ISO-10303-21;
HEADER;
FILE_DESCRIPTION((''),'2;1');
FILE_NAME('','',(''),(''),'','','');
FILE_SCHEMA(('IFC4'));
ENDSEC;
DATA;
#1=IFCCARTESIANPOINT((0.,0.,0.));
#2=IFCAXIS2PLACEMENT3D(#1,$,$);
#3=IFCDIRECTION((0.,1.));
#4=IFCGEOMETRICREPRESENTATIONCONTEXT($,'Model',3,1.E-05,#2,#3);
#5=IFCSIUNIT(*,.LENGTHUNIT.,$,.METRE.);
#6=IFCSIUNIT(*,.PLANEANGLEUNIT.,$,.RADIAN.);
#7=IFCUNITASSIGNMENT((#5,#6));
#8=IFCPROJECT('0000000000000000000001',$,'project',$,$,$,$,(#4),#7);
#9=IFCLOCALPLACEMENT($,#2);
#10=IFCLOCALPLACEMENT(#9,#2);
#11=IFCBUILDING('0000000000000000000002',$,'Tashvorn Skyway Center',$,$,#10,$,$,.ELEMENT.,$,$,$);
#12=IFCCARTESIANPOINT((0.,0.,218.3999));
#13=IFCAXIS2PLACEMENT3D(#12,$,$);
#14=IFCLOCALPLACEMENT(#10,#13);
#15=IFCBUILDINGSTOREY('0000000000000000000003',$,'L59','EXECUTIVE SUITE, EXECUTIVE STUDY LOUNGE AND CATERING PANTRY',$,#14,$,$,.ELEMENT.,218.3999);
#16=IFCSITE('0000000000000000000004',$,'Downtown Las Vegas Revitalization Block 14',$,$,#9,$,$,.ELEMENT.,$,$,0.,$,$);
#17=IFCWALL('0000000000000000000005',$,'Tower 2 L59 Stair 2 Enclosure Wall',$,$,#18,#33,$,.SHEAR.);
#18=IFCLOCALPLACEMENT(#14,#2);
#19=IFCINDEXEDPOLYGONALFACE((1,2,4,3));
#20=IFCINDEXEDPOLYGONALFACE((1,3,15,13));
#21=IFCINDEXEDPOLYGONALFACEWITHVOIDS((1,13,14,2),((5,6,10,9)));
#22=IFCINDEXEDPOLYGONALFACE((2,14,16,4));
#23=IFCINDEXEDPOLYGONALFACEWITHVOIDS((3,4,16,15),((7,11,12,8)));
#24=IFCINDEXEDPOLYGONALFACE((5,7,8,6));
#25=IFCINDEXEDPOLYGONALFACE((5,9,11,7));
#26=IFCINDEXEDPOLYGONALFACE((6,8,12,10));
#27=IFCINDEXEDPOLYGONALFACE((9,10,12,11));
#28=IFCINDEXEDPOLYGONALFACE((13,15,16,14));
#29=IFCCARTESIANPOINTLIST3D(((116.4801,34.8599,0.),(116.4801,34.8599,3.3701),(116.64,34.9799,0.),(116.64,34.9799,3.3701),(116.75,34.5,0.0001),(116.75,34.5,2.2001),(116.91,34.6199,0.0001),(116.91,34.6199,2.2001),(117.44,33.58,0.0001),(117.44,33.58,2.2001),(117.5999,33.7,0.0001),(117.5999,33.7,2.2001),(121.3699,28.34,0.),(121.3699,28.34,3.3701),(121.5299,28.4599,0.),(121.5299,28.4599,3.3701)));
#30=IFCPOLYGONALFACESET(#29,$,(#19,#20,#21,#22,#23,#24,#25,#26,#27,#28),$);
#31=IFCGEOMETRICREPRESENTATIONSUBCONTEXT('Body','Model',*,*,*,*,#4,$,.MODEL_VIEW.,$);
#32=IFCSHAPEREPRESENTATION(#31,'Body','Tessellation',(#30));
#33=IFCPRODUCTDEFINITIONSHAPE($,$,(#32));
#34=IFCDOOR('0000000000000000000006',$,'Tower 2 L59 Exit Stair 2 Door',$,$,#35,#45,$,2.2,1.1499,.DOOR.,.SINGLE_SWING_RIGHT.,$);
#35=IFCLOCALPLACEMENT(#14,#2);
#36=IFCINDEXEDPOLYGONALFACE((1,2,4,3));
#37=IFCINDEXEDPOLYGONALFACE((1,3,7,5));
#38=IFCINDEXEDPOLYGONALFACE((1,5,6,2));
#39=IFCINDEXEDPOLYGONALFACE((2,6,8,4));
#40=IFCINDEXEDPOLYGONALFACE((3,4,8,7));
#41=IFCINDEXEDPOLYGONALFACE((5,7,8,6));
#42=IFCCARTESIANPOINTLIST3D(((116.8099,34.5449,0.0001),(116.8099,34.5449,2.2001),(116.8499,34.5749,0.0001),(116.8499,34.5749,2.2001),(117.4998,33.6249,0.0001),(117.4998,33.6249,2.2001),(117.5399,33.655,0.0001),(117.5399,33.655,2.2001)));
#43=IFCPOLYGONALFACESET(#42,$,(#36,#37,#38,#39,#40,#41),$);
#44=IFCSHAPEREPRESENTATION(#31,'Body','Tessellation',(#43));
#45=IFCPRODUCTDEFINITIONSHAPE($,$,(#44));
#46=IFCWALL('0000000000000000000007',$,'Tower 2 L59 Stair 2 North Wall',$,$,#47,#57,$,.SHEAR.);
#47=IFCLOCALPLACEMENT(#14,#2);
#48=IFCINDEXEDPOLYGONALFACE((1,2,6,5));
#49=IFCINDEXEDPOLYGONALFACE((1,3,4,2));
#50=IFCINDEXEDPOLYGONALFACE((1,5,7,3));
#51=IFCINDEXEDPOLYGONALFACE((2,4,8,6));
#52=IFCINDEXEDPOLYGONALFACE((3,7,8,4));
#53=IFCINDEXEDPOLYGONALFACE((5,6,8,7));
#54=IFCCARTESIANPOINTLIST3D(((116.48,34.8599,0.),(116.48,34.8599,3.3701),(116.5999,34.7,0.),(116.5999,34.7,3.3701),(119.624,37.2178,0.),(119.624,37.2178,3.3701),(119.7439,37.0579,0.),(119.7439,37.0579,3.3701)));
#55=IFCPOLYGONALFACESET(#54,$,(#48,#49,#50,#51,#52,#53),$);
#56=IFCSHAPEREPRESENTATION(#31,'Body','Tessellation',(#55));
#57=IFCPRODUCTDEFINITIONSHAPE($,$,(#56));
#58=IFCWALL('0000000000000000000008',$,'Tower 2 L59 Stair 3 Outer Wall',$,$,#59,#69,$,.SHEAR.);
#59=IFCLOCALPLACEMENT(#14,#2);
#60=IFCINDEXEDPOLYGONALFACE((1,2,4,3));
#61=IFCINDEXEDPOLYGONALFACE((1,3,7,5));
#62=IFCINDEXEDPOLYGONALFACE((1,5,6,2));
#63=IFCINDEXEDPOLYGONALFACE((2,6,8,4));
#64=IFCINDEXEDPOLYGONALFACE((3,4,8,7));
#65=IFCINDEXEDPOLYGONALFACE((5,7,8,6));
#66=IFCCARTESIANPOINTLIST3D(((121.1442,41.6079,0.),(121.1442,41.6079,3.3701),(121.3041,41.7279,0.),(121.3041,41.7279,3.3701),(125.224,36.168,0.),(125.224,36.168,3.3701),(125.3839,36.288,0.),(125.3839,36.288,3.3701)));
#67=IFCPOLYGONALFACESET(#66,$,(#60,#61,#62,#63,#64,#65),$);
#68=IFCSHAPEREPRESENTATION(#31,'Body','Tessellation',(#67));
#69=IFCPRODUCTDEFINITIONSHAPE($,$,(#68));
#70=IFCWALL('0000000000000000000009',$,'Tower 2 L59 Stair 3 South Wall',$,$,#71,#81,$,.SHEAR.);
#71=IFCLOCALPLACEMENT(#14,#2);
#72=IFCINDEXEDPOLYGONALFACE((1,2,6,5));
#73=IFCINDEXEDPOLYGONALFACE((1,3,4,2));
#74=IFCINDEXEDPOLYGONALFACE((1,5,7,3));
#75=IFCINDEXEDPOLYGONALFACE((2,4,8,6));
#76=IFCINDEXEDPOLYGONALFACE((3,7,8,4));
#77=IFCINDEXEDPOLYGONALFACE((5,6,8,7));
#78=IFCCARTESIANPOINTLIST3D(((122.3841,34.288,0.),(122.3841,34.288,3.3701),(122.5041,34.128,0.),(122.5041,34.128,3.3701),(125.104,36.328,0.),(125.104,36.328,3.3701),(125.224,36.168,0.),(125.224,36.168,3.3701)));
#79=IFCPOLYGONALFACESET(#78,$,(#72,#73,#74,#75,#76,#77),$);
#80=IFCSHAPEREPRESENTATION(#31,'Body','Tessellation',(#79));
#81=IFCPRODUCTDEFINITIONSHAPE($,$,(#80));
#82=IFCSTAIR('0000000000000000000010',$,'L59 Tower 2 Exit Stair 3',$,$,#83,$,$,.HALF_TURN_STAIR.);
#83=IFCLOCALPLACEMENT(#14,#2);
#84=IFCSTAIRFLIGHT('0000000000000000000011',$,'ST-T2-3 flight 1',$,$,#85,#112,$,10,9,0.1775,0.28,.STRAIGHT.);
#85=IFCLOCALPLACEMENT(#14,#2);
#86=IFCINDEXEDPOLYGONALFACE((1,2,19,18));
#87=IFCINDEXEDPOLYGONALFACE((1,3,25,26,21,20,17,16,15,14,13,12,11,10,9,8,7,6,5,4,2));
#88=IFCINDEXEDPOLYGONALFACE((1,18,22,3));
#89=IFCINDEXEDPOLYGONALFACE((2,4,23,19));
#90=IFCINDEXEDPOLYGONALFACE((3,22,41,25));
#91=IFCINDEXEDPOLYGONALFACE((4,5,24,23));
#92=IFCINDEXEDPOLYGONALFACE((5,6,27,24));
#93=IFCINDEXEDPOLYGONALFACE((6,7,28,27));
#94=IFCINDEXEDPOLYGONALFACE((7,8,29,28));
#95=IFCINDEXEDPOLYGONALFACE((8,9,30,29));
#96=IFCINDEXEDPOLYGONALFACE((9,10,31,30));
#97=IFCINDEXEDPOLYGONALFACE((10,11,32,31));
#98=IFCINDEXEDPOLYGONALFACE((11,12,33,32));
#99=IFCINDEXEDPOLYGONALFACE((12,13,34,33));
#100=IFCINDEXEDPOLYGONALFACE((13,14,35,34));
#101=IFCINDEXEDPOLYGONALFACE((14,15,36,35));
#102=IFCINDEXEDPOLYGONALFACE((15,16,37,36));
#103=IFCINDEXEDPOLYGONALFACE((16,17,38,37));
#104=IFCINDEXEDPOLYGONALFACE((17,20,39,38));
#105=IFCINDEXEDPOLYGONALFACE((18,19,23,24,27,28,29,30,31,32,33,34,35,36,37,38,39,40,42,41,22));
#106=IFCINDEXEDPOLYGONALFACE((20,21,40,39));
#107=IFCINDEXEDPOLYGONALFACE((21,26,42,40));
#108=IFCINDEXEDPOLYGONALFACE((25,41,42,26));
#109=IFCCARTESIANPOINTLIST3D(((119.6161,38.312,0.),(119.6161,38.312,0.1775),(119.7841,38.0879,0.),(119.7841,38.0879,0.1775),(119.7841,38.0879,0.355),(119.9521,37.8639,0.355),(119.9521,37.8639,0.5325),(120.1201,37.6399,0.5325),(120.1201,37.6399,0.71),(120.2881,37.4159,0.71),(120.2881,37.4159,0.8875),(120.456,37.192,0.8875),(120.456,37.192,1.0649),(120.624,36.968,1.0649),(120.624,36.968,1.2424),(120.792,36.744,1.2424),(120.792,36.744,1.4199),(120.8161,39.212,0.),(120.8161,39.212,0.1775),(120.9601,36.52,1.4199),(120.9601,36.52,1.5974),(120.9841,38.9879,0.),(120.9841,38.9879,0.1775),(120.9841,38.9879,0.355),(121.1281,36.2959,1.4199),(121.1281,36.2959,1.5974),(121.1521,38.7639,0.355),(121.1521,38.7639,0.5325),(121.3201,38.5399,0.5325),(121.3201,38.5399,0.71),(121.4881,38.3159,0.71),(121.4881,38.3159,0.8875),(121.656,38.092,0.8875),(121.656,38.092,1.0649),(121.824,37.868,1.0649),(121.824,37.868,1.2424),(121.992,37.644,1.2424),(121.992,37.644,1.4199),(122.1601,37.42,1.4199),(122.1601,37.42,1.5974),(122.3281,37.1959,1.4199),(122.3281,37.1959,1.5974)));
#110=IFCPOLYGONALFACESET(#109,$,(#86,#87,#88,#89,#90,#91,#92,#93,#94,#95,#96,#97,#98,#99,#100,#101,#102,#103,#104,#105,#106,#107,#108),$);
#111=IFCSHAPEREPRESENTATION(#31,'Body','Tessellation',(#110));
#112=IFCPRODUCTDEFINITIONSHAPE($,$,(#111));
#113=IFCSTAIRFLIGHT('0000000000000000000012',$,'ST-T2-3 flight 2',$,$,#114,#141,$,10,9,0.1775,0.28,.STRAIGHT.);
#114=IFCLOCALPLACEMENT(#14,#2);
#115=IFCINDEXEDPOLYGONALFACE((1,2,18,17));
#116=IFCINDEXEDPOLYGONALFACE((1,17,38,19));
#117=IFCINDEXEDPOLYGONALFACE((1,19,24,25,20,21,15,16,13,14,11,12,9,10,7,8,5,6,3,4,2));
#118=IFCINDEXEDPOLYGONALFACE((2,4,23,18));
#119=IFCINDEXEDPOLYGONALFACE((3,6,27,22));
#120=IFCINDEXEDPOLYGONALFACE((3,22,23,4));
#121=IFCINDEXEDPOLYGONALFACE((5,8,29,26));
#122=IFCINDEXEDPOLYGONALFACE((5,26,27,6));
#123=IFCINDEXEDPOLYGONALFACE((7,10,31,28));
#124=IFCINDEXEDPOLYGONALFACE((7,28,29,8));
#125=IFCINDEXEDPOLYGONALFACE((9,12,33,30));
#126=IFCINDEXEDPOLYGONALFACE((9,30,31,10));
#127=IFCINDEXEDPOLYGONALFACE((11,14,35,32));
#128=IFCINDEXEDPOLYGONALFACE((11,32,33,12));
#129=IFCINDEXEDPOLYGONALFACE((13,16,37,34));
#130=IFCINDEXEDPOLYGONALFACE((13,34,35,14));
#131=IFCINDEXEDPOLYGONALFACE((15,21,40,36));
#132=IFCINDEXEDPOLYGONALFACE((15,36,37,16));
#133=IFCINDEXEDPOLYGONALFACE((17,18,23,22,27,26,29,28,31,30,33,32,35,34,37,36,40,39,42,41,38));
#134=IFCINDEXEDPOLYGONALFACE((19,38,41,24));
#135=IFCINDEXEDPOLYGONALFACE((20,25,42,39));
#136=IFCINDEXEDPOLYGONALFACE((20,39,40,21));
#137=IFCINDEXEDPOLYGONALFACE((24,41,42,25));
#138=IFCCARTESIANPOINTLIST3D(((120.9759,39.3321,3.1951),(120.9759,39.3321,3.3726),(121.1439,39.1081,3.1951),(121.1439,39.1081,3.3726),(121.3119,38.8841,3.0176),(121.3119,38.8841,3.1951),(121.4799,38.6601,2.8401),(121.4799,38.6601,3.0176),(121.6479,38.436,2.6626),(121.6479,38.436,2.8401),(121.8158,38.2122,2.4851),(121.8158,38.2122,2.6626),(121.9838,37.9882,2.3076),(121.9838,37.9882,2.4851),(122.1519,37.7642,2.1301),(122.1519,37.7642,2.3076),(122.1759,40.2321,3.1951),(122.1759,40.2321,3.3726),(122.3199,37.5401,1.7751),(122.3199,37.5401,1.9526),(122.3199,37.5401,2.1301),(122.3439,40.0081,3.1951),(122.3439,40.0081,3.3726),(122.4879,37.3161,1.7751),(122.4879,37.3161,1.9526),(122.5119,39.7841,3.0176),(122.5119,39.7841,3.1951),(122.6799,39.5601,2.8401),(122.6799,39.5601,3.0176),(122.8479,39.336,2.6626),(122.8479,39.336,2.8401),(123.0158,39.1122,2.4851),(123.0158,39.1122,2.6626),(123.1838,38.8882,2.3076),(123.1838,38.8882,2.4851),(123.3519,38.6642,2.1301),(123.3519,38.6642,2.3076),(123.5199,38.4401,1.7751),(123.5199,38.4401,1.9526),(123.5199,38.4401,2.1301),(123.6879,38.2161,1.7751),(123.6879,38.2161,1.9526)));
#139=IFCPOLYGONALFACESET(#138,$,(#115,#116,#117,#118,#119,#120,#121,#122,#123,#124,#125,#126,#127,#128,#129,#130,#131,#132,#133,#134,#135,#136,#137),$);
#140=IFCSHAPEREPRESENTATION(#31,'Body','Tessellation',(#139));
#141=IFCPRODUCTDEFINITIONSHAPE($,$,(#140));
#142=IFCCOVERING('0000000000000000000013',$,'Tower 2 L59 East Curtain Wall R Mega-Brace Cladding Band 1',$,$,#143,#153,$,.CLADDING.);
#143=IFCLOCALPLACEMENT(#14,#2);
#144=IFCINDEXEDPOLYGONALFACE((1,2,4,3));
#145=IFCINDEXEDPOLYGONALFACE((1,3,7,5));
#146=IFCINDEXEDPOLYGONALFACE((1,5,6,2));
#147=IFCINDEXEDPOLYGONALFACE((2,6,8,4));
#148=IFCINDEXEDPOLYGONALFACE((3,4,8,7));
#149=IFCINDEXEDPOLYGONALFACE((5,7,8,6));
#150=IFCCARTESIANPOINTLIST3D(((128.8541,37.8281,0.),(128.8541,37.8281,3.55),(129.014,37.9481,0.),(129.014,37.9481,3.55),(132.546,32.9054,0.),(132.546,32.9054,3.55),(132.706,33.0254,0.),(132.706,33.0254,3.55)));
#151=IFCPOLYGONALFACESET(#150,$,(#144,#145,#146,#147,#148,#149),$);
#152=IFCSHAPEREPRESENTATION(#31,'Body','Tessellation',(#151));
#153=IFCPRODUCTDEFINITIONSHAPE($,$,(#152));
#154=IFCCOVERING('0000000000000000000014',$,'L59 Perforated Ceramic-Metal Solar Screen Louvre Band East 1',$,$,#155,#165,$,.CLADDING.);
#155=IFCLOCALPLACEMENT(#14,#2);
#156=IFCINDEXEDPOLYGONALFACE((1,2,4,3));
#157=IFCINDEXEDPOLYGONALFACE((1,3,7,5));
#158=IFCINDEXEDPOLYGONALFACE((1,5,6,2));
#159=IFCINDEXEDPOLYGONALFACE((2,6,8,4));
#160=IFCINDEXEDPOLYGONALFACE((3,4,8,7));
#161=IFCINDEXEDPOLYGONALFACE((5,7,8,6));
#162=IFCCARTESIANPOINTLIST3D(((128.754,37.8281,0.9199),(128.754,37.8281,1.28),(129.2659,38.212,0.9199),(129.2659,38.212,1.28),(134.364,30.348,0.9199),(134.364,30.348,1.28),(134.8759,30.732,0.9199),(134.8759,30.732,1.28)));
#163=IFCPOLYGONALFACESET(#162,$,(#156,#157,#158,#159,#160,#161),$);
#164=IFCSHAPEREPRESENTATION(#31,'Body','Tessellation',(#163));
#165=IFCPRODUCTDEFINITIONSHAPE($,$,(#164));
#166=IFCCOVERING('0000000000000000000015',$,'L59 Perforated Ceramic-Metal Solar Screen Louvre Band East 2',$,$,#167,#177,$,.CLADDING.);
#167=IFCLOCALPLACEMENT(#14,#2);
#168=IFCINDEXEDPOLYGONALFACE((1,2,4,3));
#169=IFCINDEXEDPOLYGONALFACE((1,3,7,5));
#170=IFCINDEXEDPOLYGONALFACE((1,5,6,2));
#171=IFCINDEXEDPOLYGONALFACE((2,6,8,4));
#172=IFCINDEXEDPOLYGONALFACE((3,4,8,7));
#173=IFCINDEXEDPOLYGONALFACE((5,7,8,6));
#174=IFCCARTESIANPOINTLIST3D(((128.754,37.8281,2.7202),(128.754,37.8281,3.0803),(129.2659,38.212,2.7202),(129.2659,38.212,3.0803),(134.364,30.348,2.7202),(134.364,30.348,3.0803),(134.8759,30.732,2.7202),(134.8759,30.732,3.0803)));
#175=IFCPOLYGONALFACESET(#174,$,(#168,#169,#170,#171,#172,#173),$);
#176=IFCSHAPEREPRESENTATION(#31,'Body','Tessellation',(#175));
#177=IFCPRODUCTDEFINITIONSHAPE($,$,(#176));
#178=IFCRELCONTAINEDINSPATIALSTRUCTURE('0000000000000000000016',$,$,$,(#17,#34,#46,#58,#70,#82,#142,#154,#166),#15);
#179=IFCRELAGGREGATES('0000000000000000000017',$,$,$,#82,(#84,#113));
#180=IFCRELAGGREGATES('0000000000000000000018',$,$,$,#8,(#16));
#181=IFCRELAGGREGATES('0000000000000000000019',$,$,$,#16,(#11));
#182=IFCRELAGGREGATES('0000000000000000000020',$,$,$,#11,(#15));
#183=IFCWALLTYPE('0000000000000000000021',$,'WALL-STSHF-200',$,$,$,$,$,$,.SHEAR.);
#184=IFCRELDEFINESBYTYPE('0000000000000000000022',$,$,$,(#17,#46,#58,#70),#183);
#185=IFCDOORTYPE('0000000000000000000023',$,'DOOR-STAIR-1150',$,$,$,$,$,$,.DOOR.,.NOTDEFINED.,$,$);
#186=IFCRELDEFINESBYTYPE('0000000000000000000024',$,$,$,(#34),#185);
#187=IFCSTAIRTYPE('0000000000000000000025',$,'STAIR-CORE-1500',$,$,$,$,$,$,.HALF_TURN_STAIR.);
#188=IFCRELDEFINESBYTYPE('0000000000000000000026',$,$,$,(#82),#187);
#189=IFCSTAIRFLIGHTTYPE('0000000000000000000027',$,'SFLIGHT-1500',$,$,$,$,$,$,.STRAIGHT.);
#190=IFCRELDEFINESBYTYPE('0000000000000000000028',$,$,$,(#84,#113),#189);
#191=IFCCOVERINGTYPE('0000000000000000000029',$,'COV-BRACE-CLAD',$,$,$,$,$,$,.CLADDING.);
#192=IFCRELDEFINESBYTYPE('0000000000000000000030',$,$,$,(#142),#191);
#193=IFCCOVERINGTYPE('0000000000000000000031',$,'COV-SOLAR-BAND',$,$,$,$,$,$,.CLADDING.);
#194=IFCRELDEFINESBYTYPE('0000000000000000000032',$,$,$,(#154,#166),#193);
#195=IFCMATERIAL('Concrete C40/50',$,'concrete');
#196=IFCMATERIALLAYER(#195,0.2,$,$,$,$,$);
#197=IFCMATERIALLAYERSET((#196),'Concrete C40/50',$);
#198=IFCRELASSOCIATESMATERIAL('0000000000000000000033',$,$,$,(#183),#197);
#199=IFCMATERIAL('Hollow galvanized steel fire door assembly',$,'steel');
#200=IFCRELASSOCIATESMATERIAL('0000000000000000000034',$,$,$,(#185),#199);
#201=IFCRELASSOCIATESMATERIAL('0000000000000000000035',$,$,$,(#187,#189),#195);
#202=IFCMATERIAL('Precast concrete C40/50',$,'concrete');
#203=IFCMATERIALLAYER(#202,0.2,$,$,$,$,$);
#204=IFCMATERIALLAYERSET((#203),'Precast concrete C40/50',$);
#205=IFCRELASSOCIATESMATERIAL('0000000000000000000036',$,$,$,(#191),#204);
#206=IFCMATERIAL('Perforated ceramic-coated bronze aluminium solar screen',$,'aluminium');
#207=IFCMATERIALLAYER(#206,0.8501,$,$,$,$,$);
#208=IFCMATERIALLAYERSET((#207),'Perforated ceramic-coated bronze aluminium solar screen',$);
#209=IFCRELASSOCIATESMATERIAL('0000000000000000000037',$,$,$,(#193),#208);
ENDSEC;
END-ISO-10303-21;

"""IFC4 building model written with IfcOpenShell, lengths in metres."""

from ifc_helpers import new_model, si_unit, direction, frame, frame_2d, origin, origin_2d, place, context, subcontext, project, spatial, polyline, rectangle, outline, extrude, material, layer, layer_set, type_object, element, fill, aggregate, save


model = new_model("IFC4")

# Units and contexts
model_context = context("Model", 3, precision=1e-05, world=origin(), true_north=direction((0.0, 1.0)))
body_context = subcontext(model_context, "Body", "Model", "MODEL_VIEW")
ifc_project = project(units=[si_unit("LENGTHUNIT", "METRE"), si_unit("PLANEANGLEUNIT", "RADIAN")], contexts=[model_context])

# Site, building, storey
site_placement = place(None, origin())
site = spatial("IfcSite", under=ifc_project, at=site_placement, Name="Downtown Las Vegas Revitalization Block 14", CompositionType="ELEMENT", RefElevation=0.0)
building_placement = place(site_placement, origin())
building = spatial("IfcBuilding", under=site, at=building_placement, Name="Tashvorn Skyway Center", CompositionType="ELEMENT")
storey_placement = place(building_placement, frame((0.0, 0.0, 218.3999)))
storey = spatial("IfcBuildingStorey", under=building, at=storey_placement, Name="L59", Description="EXECUTIVE SUITE, EXECUTIVE STUDY LOUNGE AND CATERING PANTRY", CompositionType="ELEMENT", Elevation=218.3999)

# Shared definitions
ifc_material_1 = material(Name="Concrete C40/50", Category="concrete")

# Wall, opening, door
ifc_layer_1 = layer(ifc_material_1, 0.2)
ifc_layer_set_1 = layer_set([ifc_layer_1], Name="Concrete C40/50")
wall_type_1 = type_object("IfcWallType", Name="WALL-STSHF-200", PredefinedType="SHEAR", material=ifc_layer_set_1)
wall_1_placement = place(storey_placement, frame((116.5601, 34.9199, 0.0), z_axis=(0.0, 0.0, 1.0), x_axis=(0.59999, -0.800007, 0.0)))
wall_1 = element("IfcWall", 1, at=wall_1_placement, inside=storey, type_object=wall_type_1, Name="Tower 2 L59 Stair 2 Enclosure Wall", PredefinedType="SHEAR", context=body_context, shape_type="SweptSolid", body=[
    extrude(rectangle(XDim=8.1499, YDim=0.2, at=frame_2d((4.075, 0.0))), origin(), (0.0, 0.0, 1.0), 3.3701),
])
opening_placement = place(wall_1_placement, frame((0.45, 0.0, 0.0)))
opening = element("IfcOpeningElement", 2, at=opening_placement, cuts=wall_1, PredefinedType="OPENING", context=body_context, shape_type="SweptSolid", body=[
    extrude(rectangle(XDim=1.1499, YDim=2.2, at=frame_2d((0.575, 1.1001))), frame((0.0, 0.1099, 0.0), z_axis=(0.0, -1.0, 0.0), x_axis=(1.0, 0.0, 0.0)), (0.0, 0.0, 1.0), 0.22),
])
ifc_material_2 = material(Name="Hollow galvanized steel fire door assembly", Category="steel")
door_type = type_object("IfcDoorType", Name="DOOR-STAIR-1150", OperationType="NOTDEFINED", PredefinedType="DOOR", material=ifc_material_2)
door_placement = place(opening_placement, origin())
door = element("IfcDoor", 3, at=door_placement, inside=storey, type_object=door_type, Name="Tower 2 L59 Exit Stair 2 Door", OperationType="SINGLE_SWING_RIGHT", OverallHeight=2.2, OverallWidth=1.1499, PredefinedType="DOOR", context=body_context, shape_type="SweptSolid", body=[
    extrude(rectangle(XDim=1.1499, YDim=2.2, at=frame_2d((0.575, 1.1001))), frame((0.0, 0.0249, 0.0), z_axis=(0.0, -1.0, 0.0), x_axis=(1.0, 0.0, 0.0)), (0.0, 0.0, 1.0), 0.05),
])
fill(opening, door)

# Walls
wall_2_placement = place(storey_placement, frame((116.54, 34.78, 0.0), z_axis=(0.0, 0.0, 1.0), x_axis=(0.800015, 0.59998, 0.0)))
element("IfcWall", 4, at=wall_2_placement, inside=storey, type_object=wall_type_1, Name="Tower 2 L59 Stair 2 North Wall", PredefinedType="SHEAR", context=body_context, shape_type="SweptSolid", body=[
    extrude(rectangle(XDim=3.9299, YDim=0.2, at=frame_2d((1.9648, 0.0))), origin(), (0.0, 0.0, 1.0), 3.3701),
])
wall_3_placement = place(storey_placement, frame((125.304, 36.228, 0.0), z_axis=(0.0, 0.0, 1.0), x_axis=(-0.599989, 0.800009, 0.0)))
element("IfcWall", 5, at=wall_3_placement, inside=storey, type_object=wall_type_1, Name="Tower 2 L59 Stair 3 Outer Wall", PredefinedType="SHEAR", context=body_context, shape_type="SweptSolid", body=[
    extrude(rectangle(XDim=6.7998, YDim=0.2, at=frame_2d((3.3999, 0.0))), origin(), (0.0, 0.0, 1.0), 3.3701),
])
wall_4_placement = place(storey_placement, frame((122.4441, 34.208, 0.0), z_axis=(0.0, 0.0, 1.0), x_axis=(0.799991, 0.600011, 0.0)))
element("IfcWall", 6, at=wall_4_placement, inside=storey, type_object=wall_type_1, Name="Tower 2 L59 Stair 3 South Wall", PredefinedType="SHEAR", context=body_context, shape_type="SweptSolid", body=[
    extrude(rectangle(XDim=3.3999, YDim=0.2, at=frame_2d((1.7, 0.0))), origin(), (0.0, 0.0, 1.0), 3.3701),
])

# Stair, stair flights
stair_type = type_object("IfcStairType", Name="STAIR-CORE-1500", PredefinedType="HALF_TURN_STAIR", material=ifc_material_1)
stair_placement = place(storey_placement, origin())
stair = element("IfcStair", 7, at=stair_placement, inside=storey, type_object=stair_type, Name="L59 Tower 2 Exit Stair 3", PredefinedType="HALF_TURN_STAIR")
stair_flight_type = type_object("IfcStairFlightType", Name="SFLIGHT-1500", PredefinedType="STRAIGHT", material=ifc_material_1)
stair_flight_1_placement = place(storey_placement, frame((120.2161, 38.762, 0.0), z_axis=(0.0, 0.0, 1.0), x_axis=(0.6, -0.8, 0.0)))
stair_flight_1 = element("IfcStairFlight", 8, at=stair_flight_1_placement, type_object=stair_flight_type, Name="ST-T2-3 flight 1", NumberOfRisers=10, NumberOfTreads=9, PredefinedType="STRAIGHT", RiserHeight=0.1775, TreadLength=0.28, context=body_context, shape_type="SweptSolid", body=[
    extrude(outline(polyline([(0.0, 0.0), (0.0, 0.1775), (0.28, 0.1775), (0.28, 0.355), (0.5601, 0.355), (0.5601, 0.5325), (0.8401, 0.5325), (0.8401, 0.71), (1.1201, 0.71), (1.1201, 0.8875), (1.3999, 0.8875), (1.3999, 1.0649), (1.6799, 1.0649), (1.6799, 1.2424), (1.96, 1.2424), (1.96, 1.4199), (2.24, 1.4199), (2.24, 1.5974), (2.52, 1.5974), (2.52, 1.7749), (2.52, 1.4199), (0.28, 0.0), (0.0, 0.0)])), frame((0.0, 0.75, 0.0), z_axis=(0.0, -1.0, 0.0), x_axis=(1.0, 0.0, 0.0)), (0.0, 0.0, 1.0), 1.5),
])
stair_flight_2_placement = place(storey_placement, frame((123.0879, 37.7661, 1.7751), z_axis=(0.0, 0.0, 1.0), x_axis=(-0.6, 0.8, 0.0)))
stair_flight_2 = element("IfcStairFlight", 9, at=stair_flight_2_placement, type_object=stair_flight_type, Name="ST-T2-3 flight 2", NumberOfRisers=10, NumberOfTreads=9, PredefinedType="STRAIGHT", RiserHeight=0.1775, TreadLength=0.28, context=body_context, shape_type="SweptSolid", body=[
    extrude(outline(polyline([(0.0, 0.0), (0.0, 0.1775), (0.28, 0.1775), (0.28, 0.355), (0.5601, 0.355), (0.5601, 0.5325), (0.8401, 0.5325), (0.8401, 0.71), (1.1201, 0.71), (1.1201, 0.8875), (1.3999, 0.8875), (1.3999, 1.0649), (1.6799, 1.0649), (1.6799, 1.2424), (1.96, 1.2424), (1.96, 1.4199), (2.24, 1.4199), (2.24, 1.5974), (2.52, 1.5974), (2.52, 1.7749), (2.52, 1.4199), (0.28, 0.0), (0.0, 0.0)])), frame((0.0, 0.75, 0.0), z_axis=(0.0, -1.0, 0.0), x_axis=(1.0, 0.0, 0.0)), (0.0, 0.0, 1.0), 1.5),
])
aggregate(stair, [stair_flight_1, stair_flight_2])

# Coverings
ifc_material_3 = material(Name="Precast concrete C40/50", Category="concrete")
ifc_layer_2 = layer(ifc_material_3, 0.2)
ifc_layer_set_2 = layer_set([ifc_layer_2], Name="Precast concrete C40/50")
covering_type_1 = type_object("IfcCoveringType", Name="COV-BRACE-CLAD", PredefinedType="CLADDING", material=ifc_layer_set_2)
covering_placement = place(storey_placement, frame((130.78, 35.4268, 0.0), z_axis=(0.0, 0.0, 1.0), x_axis=(0.6, -0.8, 0.0)))
element("IfcCovering", 10, at=covering_placement, inside=storey, type_object=covering_type_1, Name="Tower 2 L59 East Curtain Wall R Mega-Brace Cladding Band 1", PredefinedType="CLADDING", context=body_context, shape_type="SweptSolid", body=[
    extrude(rectangle(XDim=6.1533, YDim=0.2, at=origin_2d()), origin(), (0.0, 0.0, 1.0), 3.55),
])
ifc_material_4 = material(Name="Perforated ceramic-coated bronze aluminium solar screen", Category="aluminium")
ifc_layer_3 = layer(ifc_material_4, 0.8501)
ifc_layer_set_3 = layer_set([ifc_layer_3], Name="Perforated ceramic-coated bronze aluminium solar screen")
covering_type_2 = type_object("IfcCoveringType", Name="COV-SOLAR-BAND", PredefinedType="CLADDING", material=ifc_layer_set_3)
for number, where, z_axis, x_axis, name in (
    (11, (131.8149, 34.28, 0.9199), (0.0, 0.0, 1.0), (0.6, -0.8, 0.0), "L59 Perforated Ceramic-Metal Solar Screen Louvre Band East 1"),
    (12, (131.8149, 34.28, 2.7202), (0.0, 0.0, 1.0), (0.6, -0.8, 0.0), "L59 Perforated Ceramic-Metal Solar Screen Louvre Band East 2"),
):
    element("IfcCovering", number, at=place(storey_placement, frame(where, z_axis=z_axis, x_axis=x_axis)), inside=storey, type_object=covering_type_2, Name=name, PredefinedType="CLADDING", context=body_context, shape_type="SweptSolid", body=[
        extrude(rectangle(XDim=9.3501, YDim=0.6399, at=origin_2d()), origin(), (0.0, 0.0, 1.0), 0.3601),
    ])

save(model, "model.ifc")
